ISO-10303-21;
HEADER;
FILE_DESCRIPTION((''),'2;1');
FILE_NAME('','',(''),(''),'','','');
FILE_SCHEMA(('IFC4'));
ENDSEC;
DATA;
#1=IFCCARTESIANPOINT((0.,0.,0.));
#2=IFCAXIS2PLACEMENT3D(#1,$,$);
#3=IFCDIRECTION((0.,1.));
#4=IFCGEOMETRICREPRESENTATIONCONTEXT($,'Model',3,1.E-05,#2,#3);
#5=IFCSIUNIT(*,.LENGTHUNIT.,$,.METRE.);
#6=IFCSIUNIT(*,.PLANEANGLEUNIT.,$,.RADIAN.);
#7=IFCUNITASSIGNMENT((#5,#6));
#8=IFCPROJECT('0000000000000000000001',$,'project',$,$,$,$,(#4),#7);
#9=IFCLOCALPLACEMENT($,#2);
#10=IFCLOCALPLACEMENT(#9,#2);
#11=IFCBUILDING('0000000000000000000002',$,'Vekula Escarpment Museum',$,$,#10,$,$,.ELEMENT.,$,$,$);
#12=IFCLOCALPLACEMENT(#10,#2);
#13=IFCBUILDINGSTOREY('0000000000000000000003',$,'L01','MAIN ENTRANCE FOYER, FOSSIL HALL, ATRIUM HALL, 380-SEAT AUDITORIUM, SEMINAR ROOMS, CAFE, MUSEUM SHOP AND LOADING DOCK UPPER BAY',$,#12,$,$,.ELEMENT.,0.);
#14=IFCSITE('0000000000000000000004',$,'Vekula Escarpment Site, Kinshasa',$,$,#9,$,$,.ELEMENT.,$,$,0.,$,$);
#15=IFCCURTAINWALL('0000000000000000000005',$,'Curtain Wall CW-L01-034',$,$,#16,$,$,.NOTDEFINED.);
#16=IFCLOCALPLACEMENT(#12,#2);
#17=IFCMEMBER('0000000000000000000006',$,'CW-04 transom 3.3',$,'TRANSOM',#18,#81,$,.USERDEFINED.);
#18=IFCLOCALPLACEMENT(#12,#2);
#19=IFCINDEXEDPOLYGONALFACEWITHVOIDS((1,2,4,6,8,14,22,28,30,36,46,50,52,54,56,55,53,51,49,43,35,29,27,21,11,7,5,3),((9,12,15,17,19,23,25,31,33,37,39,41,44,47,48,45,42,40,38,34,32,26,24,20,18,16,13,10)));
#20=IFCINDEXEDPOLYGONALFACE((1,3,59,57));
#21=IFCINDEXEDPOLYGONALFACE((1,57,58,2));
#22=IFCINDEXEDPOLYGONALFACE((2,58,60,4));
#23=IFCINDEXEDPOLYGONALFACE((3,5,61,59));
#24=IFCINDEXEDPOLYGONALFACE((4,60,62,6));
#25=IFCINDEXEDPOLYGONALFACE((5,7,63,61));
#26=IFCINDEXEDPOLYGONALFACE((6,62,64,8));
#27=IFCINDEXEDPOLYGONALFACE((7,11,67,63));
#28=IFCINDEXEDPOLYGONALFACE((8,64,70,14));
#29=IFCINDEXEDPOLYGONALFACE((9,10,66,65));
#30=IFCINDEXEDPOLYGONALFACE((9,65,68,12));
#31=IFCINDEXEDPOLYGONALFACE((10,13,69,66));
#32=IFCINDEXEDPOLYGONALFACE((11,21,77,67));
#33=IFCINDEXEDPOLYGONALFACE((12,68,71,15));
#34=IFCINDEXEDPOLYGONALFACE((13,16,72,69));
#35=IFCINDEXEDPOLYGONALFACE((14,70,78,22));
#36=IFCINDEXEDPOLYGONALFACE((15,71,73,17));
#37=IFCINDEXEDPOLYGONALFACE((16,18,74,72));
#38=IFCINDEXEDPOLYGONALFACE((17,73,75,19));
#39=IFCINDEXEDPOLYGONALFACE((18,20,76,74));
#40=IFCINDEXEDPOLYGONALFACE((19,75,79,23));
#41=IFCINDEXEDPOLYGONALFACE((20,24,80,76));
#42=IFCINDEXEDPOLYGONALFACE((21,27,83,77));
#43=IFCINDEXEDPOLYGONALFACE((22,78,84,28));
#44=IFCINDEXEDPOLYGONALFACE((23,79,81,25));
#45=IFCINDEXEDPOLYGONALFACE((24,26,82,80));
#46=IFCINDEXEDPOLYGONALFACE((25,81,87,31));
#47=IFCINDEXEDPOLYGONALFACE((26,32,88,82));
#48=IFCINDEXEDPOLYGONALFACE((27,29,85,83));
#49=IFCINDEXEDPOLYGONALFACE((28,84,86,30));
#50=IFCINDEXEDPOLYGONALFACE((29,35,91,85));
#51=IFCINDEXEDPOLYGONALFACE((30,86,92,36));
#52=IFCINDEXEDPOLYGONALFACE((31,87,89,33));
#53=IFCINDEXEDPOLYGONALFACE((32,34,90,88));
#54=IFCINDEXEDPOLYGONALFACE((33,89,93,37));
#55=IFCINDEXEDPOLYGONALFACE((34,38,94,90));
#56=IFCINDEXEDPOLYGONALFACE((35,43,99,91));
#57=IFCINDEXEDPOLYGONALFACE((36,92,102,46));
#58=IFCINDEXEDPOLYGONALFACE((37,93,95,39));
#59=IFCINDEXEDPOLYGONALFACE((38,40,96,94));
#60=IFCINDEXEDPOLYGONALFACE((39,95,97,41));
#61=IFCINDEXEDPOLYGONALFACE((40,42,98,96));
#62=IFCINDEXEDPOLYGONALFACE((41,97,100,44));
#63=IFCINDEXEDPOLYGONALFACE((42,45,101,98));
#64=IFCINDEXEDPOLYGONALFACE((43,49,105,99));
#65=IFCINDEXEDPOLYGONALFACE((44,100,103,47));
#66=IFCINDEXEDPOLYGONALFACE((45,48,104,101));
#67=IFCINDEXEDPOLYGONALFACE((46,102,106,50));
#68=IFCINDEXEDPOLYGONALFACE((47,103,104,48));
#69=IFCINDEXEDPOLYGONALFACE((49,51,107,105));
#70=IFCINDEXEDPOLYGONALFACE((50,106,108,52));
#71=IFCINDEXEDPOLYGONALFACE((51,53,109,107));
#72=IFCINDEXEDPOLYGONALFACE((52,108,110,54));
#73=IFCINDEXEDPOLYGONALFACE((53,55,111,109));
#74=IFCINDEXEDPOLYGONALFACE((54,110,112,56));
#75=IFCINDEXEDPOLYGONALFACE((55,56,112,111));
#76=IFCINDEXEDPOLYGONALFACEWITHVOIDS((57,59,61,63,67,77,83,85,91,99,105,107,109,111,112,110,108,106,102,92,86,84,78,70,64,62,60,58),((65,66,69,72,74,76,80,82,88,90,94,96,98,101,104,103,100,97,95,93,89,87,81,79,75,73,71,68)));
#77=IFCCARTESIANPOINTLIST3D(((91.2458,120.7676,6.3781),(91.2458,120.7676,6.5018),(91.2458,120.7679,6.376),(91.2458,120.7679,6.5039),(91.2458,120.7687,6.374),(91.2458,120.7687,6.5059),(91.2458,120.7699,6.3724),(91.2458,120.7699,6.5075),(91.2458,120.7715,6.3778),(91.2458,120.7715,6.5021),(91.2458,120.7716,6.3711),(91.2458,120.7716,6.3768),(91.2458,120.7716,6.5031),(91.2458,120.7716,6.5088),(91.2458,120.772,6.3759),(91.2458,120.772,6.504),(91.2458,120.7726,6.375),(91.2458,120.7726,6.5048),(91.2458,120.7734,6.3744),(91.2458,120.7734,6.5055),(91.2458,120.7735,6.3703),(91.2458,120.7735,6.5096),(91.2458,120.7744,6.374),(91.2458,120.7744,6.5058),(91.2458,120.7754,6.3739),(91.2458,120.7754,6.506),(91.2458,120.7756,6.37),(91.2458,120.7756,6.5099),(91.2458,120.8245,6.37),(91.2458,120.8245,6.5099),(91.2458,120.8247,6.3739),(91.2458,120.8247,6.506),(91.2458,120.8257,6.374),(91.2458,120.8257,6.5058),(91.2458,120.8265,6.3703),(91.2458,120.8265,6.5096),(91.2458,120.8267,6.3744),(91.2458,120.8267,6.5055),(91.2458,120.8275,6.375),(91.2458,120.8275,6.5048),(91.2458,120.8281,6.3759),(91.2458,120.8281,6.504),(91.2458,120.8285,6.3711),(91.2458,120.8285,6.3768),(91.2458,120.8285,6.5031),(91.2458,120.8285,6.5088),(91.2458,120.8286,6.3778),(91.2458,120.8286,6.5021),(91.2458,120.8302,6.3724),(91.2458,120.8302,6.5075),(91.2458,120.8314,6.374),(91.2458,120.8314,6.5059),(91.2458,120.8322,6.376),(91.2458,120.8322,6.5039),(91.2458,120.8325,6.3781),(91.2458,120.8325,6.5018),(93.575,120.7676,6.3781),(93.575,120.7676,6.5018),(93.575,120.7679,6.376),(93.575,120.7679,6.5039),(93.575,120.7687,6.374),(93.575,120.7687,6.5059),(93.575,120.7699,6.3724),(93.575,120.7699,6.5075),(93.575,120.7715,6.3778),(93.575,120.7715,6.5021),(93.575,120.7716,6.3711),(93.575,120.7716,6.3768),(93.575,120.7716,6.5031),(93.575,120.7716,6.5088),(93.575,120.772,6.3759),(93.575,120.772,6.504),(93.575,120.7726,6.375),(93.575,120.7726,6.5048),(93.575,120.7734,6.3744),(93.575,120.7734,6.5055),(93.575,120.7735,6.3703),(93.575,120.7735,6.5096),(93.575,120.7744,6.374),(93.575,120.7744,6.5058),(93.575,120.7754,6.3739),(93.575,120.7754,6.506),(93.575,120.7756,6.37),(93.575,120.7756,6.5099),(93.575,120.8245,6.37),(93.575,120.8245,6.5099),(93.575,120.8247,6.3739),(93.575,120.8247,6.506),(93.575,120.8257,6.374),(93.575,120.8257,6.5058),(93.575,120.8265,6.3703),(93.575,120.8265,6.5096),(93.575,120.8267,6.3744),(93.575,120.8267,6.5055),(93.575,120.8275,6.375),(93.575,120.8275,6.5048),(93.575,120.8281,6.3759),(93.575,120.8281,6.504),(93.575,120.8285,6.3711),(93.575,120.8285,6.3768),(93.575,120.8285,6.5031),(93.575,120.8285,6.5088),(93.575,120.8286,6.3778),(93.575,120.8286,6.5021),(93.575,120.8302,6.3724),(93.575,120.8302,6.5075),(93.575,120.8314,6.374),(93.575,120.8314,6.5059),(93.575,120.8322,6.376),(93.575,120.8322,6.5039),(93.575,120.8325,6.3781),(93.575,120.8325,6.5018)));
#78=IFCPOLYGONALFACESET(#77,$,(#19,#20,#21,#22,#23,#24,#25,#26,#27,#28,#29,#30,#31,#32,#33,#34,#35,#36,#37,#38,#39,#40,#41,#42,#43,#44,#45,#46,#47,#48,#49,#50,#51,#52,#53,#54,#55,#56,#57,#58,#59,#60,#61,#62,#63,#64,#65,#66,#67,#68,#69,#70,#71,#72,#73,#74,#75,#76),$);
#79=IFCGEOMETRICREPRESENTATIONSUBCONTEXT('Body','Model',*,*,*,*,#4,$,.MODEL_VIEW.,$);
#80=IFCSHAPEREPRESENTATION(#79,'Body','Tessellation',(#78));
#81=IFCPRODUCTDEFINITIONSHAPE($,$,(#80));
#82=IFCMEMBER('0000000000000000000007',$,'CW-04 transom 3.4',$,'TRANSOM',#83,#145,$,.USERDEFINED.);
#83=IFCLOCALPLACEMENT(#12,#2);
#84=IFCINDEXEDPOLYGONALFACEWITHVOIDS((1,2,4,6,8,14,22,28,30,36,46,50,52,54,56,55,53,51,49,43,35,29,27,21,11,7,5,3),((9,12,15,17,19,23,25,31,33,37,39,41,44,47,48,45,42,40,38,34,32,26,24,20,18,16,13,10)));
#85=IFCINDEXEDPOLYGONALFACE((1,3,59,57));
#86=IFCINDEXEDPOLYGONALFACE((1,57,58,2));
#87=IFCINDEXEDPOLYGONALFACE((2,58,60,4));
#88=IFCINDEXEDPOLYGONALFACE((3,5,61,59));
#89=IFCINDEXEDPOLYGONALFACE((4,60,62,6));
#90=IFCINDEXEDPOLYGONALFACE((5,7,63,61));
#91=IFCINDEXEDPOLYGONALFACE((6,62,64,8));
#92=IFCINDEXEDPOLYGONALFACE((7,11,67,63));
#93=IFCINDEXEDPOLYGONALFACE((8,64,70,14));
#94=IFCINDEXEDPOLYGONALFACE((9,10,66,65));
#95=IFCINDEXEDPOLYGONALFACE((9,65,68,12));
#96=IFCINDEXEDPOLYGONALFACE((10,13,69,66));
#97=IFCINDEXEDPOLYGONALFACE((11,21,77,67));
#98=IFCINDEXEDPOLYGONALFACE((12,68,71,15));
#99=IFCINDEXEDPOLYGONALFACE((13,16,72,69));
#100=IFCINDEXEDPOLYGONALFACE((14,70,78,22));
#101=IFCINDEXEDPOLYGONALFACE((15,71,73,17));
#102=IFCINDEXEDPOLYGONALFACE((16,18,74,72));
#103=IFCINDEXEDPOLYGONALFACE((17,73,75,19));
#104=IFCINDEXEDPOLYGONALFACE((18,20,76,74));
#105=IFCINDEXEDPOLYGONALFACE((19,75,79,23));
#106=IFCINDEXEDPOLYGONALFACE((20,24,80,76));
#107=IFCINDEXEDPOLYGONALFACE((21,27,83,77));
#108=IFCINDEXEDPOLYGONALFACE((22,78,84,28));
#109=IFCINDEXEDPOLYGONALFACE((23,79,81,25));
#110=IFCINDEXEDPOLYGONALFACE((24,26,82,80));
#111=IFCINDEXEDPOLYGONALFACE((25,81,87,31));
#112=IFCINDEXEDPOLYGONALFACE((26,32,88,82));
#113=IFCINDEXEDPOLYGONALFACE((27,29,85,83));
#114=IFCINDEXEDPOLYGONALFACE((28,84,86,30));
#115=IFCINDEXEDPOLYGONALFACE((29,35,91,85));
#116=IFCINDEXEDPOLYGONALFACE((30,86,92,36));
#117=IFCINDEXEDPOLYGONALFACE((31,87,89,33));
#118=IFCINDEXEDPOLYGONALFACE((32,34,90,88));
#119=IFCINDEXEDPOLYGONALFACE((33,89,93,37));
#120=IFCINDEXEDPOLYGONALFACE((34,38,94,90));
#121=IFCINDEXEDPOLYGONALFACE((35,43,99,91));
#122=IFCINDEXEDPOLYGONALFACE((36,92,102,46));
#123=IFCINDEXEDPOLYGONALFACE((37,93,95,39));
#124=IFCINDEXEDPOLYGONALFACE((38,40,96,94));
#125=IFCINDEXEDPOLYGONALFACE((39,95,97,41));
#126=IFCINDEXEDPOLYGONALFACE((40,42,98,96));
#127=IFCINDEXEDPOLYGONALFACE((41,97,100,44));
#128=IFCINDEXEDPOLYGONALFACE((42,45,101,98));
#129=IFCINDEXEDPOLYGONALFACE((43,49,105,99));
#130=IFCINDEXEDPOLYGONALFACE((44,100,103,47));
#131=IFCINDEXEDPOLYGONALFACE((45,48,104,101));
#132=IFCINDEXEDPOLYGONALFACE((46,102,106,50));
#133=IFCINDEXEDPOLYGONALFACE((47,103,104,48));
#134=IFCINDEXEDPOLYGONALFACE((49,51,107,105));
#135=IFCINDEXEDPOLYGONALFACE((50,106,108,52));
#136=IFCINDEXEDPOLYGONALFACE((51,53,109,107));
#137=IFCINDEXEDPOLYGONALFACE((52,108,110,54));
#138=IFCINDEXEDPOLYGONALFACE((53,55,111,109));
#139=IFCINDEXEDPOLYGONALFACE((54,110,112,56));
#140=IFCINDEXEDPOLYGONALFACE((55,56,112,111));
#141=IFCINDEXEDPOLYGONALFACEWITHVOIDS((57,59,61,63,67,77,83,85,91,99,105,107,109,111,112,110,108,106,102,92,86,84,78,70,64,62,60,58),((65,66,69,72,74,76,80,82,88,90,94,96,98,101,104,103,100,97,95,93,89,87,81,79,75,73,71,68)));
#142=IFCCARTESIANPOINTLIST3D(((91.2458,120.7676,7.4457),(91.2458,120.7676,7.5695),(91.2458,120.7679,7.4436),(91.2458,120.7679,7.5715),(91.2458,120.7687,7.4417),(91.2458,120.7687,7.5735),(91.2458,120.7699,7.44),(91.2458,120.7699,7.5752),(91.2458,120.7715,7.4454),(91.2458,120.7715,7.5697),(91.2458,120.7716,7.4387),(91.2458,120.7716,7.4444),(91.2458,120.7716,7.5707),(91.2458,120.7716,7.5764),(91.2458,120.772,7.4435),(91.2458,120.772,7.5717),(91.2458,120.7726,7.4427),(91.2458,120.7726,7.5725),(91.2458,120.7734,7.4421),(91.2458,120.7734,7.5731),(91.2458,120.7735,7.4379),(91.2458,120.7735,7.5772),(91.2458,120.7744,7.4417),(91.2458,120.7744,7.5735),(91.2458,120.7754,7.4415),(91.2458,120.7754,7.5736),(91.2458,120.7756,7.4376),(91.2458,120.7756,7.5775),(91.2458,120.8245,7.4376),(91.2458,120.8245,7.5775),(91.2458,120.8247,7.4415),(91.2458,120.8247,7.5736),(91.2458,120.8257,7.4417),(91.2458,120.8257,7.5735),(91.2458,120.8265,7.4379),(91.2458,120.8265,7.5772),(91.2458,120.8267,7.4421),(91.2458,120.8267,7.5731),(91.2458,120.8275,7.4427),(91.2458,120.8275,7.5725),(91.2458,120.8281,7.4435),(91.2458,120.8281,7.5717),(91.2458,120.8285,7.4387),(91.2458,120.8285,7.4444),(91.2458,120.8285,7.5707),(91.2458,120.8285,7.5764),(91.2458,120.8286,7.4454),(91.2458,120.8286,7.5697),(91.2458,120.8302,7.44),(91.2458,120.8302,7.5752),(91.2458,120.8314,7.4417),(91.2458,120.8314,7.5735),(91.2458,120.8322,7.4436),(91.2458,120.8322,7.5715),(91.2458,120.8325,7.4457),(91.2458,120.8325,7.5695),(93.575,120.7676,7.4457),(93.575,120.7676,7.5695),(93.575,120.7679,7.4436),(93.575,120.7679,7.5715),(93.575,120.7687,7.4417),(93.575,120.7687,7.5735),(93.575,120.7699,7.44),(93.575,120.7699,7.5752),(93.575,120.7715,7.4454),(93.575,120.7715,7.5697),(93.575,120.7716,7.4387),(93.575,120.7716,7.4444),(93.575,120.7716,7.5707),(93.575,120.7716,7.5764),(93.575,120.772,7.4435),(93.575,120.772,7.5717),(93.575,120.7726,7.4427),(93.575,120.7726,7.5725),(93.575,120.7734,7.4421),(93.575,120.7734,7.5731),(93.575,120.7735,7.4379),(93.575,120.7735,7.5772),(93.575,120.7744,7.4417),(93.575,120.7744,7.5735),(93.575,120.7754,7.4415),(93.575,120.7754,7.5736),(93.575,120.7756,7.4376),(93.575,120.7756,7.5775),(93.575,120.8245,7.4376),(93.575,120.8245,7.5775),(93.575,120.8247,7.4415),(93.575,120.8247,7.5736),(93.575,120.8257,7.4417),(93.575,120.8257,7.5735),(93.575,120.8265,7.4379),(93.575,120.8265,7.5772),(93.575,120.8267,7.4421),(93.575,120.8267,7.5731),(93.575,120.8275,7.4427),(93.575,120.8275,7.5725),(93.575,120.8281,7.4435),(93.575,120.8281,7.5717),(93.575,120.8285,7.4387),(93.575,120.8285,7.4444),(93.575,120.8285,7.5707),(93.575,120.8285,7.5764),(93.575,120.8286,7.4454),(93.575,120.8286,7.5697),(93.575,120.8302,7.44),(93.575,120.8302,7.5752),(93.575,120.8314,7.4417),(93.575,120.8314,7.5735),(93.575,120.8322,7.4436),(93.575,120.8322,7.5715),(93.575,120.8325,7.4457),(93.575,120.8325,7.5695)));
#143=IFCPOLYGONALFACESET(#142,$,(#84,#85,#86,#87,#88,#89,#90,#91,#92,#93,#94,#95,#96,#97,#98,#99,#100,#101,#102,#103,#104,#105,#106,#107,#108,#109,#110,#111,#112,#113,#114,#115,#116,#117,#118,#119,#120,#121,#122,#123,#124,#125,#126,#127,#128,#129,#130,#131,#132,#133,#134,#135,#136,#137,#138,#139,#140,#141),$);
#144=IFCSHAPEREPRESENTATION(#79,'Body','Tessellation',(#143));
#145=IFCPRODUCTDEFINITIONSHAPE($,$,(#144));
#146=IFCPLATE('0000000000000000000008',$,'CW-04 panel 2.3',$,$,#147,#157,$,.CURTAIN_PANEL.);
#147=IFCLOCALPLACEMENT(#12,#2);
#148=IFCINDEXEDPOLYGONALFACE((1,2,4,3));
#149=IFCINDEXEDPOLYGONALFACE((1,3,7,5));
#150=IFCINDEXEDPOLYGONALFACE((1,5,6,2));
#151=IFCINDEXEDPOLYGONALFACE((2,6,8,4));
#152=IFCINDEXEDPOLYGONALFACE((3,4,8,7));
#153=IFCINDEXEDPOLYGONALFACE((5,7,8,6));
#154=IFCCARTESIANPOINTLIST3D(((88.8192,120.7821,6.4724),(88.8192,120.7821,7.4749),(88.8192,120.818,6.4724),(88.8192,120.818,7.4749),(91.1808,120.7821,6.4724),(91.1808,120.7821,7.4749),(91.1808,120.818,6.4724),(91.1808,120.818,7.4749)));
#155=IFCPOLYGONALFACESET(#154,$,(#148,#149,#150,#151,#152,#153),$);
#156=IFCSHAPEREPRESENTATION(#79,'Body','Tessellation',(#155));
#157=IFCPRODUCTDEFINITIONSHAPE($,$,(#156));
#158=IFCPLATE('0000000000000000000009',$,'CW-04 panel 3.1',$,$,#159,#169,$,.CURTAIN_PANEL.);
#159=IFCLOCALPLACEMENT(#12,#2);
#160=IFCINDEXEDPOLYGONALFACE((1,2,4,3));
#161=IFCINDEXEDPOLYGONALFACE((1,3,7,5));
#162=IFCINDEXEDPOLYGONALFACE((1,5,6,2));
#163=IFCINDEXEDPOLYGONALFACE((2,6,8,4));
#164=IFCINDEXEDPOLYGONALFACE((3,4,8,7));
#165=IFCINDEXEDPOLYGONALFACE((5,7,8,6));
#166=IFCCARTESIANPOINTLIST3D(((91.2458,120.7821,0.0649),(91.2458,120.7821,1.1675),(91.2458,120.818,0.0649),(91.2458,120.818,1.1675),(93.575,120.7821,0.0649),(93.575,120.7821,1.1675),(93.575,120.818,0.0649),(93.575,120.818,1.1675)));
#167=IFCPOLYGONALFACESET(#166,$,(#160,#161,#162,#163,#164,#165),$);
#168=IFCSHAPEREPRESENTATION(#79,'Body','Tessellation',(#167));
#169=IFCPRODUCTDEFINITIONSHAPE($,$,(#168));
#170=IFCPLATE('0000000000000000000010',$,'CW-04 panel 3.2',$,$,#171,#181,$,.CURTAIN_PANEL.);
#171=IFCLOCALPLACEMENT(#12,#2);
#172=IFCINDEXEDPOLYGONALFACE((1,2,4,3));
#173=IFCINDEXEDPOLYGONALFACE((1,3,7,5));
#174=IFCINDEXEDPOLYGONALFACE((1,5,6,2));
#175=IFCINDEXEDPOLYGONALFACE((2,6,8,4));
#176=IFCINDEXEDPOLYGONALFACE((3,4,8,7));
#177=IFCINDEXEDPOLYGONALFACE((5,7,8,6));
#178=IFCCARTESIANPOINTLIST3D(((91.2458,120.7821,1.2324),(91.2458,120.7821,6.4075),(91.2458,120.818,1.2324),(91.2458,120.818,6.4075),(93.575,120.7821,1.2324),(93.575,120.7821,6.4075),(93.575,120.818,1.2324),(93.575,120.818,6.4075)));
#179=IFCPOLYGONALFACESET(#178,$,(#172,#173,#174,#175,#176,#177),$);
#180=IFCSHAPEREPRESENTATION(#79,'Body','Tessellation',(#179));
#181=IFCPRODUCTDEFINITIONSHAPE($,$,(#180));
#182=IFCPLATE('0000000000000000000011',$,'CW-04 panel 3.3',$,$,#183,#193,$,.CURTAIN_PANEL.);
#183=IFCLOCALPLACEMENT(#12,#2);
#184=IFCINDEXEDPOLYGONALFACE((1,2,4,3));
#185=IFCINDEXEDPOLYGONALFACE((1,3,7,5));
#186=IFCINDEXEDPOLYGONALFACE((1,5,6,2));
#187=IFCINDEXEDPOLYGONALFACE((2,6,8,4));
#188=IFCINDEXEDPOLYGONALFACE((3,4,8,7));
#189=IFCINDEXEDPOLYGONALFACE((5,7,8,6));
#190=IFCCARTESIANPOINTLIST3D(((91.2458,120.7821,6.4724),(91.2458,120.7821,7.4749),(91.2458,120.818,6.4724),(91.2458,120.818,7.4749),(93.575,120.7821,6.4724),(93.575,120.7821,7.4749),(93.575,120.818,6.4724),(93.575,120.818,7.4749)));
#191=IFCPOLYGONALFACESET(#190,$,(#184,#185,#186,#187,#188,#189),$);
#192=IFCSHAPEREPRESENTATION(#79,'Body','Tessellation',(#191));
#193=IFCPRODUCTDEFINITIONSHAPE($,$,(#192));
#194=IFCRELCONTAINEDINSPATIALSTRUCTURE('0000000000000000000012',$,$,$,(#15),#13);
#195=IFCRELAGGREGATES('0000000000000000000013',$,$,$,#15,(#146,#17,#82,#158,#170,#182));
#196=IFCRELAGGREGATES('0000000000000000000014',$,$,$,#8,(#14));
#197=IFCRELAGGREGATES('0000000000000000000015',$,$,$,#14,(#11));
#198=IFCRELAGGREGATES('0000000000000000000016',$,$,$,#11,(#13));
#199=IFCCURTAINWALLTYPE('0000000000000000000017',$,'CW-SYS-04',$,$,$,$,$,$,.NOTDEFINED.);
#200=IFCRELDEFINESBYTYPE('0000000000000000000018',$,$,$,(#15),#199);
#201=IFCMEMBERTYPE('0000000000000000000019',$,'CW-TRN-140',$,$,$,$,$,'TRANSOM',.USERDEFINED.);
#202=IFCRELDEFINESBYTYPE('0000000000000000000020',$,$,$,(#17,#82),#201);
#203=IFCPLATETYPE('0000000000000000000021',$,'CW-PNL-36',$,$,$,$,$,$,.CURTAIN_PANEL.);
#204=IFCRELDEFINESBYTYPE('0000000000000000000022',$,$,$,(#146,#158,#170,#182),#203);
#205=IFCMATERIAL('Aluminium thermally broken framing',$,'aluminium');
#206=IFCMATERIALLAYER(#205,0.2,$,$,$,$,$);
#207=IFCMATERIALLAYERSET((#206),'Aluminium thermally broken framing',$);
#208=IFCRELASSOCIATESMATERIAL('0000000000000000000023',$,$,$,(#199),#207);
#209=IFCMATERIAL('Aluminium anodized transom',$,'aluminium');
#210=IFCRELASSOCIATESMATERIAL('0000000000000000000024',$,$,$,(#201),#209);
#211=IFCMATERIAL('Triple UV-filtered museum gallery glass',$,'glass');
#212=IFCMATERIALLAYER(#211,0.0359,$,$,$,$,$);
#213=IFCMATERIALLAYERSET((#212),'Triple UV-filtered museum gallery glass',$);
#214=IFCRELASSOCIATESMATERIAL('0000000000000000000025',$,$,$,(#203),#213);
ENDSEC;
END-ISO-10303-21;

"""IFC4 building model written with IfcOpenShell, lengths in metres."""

from ifc_helpers import new_model, si_unit, direction, frame, origin, origin_2d, place, context, subcontext, project, spatial, rectangle, hollow_rectangle, extrude, material, layer, layer_set, material_profile, profile_set, type_object, element, aggregate, save


model = new_model("IFC4")

# Units and contexts
model_context = context("Model", 3, precision=1e-05, world=origin(), true_north=direction((0.0, 1.0)))
body_context = subcontext(model_context, "Body", "Model", "MODEL_VIEW")
ifc_project = project(units=[si_unit("LENGTHUNIT", "METRE"), si_unit("PLANEANGLEUNIT", "RADIAN")], contexts=[model_context])

# Site, building, storey
site_placement = place(None, origin())
site = spatial("IfcSite", under=ifc_project, at=site_placement, Name="Vekula Escarpment Site, Kinshasa", CompositionType="ELEMENT", RefElevation=0.0)
building_placement = place(site_placement, origin())
building = spatial("IfcBuilding", under=site, at=building_placement, Name="Vekula Escarpment Museum", CompositionType="ELEMENT")
storey_placement = place(building_placement, origin())
storey = spatial("IfcBuildingStorey", under=building, at=storey_placement, Name="L01", Description="MAIN ENTRANCE FOYER, FOSSIL HALL, ATRIUM HALL, 380-SEAT AUDITORIUM, SEMINAR ROOMS, CAFE, MUSEUM SHOP AND LOADING DOCK UPPER BAY", CompositionType="ELEMENT", Elevation=0.0)

# Curtain wall, members, plates
ifc_material_1 = material(Name="Aluminium thermally broken framing", Category="aluminium")
ifc_layer_1 = layer(ifc_material_1, 0.2)
ifc_layer_set_1 = layer_set([ifc_layer_1], Name="Aluminium thermally broken framing")
curtain_wall_type = type_object("IfcCurtainWallType", Name="CW-SYS-04", PredefinedType="NOTDEFINED", material=ifc_layer_set_1)
curtain_wall_placement = place(storey_placement, origin())
curtain_wall = element("IfcCurtainWall", 1, at=curtain_wall_placement, inside=storey, type_object=curtain_wall_type, Name="Curtain Wall CW-L01-034", PredefinedType="NOTDEFINED")
ifc_material_2 = material(Name="Aluminium anodized transom", Category="aluminium")
ifc_material_profile_1 = material_profile(ifc_material_2, hollow_rectangle(XDim=0.0649, YDim=0.1399, WallThickness=0.0039, InnerFilletRadius=0.0039, OuterFilletRadius=0.0081, at=origin_2d()), Name="ALU 140x65x4")
ifc_profile_set_1 = profile_set([ifc_material_profile_1], Name="Aluminium anodized transom")
member_type_1 = type_object("IfcMemberType", Name="CW-TRN-140", ElementType="TRANSOM", PredefinedType="USERDEFINED", material=ifc_profile_set_1)
member_1_placement = place(storey_placement, frame((91.2458, 120.8, 6.4399), z_axis=(1.0, 0.0, 0.0), x_axis=(0.0, 1.0, 0.0)))
member_1 = element("IfcMember", 2, at=member_1_placement, type_object=member_type_1, Name="CW-04 transom 3.3", ObjectType="TRANSOM", PredefinedType="USERDEFINED", context=body_context, shape_type="SweptSolid", body=[
    extrude(hollow_rectangle(XDim=0.0649, YDim=0.1399, WallThickness=0.0039, InnerFilletRadius=0.0039, OuterFilletRadius=0.0081, at=origin_2d()), origin(), (0.0, 0.0, 1.0), 2.3291),
])
member_2_placement = place(storey_placement, frame((91.2458, 120.8, 7.5076), z_axis=(1.0, 0.0, 0.0), x_axis=(0.0, 1.0, 0.0)))
member_2 = element("IfcMember", 3, at=member_2_placement, type_object=member_type_1, Name="CW-04 transom 3.4", ObjectType="TRANSOM", PredefinedType="USERDEFINED", context=body_context, shape_type="SweptSolid", body=[
    extrude(hollow_rectangle(XDim=0.0649, YDim=0.1399, WallThickness=0.0039, InnerFilletRadius=0.0039, OuterFilletRadius=0.0081, at=origin_2d()), origin(), (0.0, 0.0, 1.0), 2.3291),
])
ifc_material_3 = material(Name="Triple UV-filtered museum gallery glass", Category="glass")
ifc_layer_2 = layer(ifc_material_3, 0.0359)
ifc_layer_set_2 = layer_set([ifc_layer_2], Name="Triple UV-filtered museum gallery glass")
plate_type = type_object("IfcPlateType", Name="CW-PNL-36", PredefinedType="CURTAIN_PANEL", material=ifc_layer_set_2)
plate_1_placement = place(storey_placement, frame((90.0, 120.8, 6.4724), z_axis=(0.0, 0.0, 1.0), x_axis=(1.0, 0.0, 0.0)))
plate_1 = element("IfcPlate", 4, at=plate_1_placement, type_object=plate_type, Name="CW-04 panel 2.3", PredefinedType="CURTAIN_PANEL", context=body_context, shape_type="SweptSolid", body=[
    extrude(rectangle(XDim=2.3616, YDim=0.0359, at=origin_2d()), origin(), (0.0, 0.0, 1.0), 1.0024),
])
plate_2_placement = place(storey_placement, frame((92.4104, 120.8, 0.0649), z_axis=(0.0, 0.0, 1.0), x_axis=(1.0, 0.0, 0.0)))
plate_2 = element("IfcPlate", 5, at=plate_2_placement, type_object=plate_type, Name="CW-04 panel 3.1", PredefinedType="CURTAIN_PANEL", context=body_context, shape_type="SweptSolid", body=[
    extrude(rectangle(XDim=2.3291, YDim=0.0359, at=origin_2d()), origin(), (0.0, 0.0, 1.0), 1.1025),
])
plate_3_placement = place(storey_placement, frame((92.4104, 120.8, 1.2324), z_axis=(0.0, 0.0, 1.0), x_axis=(1.0, 0.0, 0.0)))
plate_3 = element("IfcPlate", 6, at=plate_3_placement, type_object=plate_type, Name="CW-04 panel 3.2", PredefinedType="CURTAIN_PANEL", context=body_context, shape_type="SweptSolid", body=[
    extrude(rectangle(XDim=2.3291, YDim=0.0359, at=origin_2d()), origin(), (0.0, 0.0, 1.0), 5.175),
])
plate_4_placement = place(storey_placement, frame((92.4104, 120.8, 6.4724), z_axis=(0.0, 0.0, 1.0), x_axis=(1.0, 0.0, 0.0)))
plate_4 = element("IfcPlate", 7, at=plate_4_placement, type_object=plate_type, Name="CW-04 panel 3.3", PredefinedType="CURTAIN_PANEL", context=body_context, shape_type="SweptSolid", body=[
    extrude(rectangle(XDim=2.3291, YDim=0.0359, at=origin_2d()), origin(), (0.0, 0.0, 1.0), 1.0024),
])
aggregate(curtain_wall, [plate_1, member_1, member_2, plate_2, plate_3, plate_4])

save(model, "model.ifc")
